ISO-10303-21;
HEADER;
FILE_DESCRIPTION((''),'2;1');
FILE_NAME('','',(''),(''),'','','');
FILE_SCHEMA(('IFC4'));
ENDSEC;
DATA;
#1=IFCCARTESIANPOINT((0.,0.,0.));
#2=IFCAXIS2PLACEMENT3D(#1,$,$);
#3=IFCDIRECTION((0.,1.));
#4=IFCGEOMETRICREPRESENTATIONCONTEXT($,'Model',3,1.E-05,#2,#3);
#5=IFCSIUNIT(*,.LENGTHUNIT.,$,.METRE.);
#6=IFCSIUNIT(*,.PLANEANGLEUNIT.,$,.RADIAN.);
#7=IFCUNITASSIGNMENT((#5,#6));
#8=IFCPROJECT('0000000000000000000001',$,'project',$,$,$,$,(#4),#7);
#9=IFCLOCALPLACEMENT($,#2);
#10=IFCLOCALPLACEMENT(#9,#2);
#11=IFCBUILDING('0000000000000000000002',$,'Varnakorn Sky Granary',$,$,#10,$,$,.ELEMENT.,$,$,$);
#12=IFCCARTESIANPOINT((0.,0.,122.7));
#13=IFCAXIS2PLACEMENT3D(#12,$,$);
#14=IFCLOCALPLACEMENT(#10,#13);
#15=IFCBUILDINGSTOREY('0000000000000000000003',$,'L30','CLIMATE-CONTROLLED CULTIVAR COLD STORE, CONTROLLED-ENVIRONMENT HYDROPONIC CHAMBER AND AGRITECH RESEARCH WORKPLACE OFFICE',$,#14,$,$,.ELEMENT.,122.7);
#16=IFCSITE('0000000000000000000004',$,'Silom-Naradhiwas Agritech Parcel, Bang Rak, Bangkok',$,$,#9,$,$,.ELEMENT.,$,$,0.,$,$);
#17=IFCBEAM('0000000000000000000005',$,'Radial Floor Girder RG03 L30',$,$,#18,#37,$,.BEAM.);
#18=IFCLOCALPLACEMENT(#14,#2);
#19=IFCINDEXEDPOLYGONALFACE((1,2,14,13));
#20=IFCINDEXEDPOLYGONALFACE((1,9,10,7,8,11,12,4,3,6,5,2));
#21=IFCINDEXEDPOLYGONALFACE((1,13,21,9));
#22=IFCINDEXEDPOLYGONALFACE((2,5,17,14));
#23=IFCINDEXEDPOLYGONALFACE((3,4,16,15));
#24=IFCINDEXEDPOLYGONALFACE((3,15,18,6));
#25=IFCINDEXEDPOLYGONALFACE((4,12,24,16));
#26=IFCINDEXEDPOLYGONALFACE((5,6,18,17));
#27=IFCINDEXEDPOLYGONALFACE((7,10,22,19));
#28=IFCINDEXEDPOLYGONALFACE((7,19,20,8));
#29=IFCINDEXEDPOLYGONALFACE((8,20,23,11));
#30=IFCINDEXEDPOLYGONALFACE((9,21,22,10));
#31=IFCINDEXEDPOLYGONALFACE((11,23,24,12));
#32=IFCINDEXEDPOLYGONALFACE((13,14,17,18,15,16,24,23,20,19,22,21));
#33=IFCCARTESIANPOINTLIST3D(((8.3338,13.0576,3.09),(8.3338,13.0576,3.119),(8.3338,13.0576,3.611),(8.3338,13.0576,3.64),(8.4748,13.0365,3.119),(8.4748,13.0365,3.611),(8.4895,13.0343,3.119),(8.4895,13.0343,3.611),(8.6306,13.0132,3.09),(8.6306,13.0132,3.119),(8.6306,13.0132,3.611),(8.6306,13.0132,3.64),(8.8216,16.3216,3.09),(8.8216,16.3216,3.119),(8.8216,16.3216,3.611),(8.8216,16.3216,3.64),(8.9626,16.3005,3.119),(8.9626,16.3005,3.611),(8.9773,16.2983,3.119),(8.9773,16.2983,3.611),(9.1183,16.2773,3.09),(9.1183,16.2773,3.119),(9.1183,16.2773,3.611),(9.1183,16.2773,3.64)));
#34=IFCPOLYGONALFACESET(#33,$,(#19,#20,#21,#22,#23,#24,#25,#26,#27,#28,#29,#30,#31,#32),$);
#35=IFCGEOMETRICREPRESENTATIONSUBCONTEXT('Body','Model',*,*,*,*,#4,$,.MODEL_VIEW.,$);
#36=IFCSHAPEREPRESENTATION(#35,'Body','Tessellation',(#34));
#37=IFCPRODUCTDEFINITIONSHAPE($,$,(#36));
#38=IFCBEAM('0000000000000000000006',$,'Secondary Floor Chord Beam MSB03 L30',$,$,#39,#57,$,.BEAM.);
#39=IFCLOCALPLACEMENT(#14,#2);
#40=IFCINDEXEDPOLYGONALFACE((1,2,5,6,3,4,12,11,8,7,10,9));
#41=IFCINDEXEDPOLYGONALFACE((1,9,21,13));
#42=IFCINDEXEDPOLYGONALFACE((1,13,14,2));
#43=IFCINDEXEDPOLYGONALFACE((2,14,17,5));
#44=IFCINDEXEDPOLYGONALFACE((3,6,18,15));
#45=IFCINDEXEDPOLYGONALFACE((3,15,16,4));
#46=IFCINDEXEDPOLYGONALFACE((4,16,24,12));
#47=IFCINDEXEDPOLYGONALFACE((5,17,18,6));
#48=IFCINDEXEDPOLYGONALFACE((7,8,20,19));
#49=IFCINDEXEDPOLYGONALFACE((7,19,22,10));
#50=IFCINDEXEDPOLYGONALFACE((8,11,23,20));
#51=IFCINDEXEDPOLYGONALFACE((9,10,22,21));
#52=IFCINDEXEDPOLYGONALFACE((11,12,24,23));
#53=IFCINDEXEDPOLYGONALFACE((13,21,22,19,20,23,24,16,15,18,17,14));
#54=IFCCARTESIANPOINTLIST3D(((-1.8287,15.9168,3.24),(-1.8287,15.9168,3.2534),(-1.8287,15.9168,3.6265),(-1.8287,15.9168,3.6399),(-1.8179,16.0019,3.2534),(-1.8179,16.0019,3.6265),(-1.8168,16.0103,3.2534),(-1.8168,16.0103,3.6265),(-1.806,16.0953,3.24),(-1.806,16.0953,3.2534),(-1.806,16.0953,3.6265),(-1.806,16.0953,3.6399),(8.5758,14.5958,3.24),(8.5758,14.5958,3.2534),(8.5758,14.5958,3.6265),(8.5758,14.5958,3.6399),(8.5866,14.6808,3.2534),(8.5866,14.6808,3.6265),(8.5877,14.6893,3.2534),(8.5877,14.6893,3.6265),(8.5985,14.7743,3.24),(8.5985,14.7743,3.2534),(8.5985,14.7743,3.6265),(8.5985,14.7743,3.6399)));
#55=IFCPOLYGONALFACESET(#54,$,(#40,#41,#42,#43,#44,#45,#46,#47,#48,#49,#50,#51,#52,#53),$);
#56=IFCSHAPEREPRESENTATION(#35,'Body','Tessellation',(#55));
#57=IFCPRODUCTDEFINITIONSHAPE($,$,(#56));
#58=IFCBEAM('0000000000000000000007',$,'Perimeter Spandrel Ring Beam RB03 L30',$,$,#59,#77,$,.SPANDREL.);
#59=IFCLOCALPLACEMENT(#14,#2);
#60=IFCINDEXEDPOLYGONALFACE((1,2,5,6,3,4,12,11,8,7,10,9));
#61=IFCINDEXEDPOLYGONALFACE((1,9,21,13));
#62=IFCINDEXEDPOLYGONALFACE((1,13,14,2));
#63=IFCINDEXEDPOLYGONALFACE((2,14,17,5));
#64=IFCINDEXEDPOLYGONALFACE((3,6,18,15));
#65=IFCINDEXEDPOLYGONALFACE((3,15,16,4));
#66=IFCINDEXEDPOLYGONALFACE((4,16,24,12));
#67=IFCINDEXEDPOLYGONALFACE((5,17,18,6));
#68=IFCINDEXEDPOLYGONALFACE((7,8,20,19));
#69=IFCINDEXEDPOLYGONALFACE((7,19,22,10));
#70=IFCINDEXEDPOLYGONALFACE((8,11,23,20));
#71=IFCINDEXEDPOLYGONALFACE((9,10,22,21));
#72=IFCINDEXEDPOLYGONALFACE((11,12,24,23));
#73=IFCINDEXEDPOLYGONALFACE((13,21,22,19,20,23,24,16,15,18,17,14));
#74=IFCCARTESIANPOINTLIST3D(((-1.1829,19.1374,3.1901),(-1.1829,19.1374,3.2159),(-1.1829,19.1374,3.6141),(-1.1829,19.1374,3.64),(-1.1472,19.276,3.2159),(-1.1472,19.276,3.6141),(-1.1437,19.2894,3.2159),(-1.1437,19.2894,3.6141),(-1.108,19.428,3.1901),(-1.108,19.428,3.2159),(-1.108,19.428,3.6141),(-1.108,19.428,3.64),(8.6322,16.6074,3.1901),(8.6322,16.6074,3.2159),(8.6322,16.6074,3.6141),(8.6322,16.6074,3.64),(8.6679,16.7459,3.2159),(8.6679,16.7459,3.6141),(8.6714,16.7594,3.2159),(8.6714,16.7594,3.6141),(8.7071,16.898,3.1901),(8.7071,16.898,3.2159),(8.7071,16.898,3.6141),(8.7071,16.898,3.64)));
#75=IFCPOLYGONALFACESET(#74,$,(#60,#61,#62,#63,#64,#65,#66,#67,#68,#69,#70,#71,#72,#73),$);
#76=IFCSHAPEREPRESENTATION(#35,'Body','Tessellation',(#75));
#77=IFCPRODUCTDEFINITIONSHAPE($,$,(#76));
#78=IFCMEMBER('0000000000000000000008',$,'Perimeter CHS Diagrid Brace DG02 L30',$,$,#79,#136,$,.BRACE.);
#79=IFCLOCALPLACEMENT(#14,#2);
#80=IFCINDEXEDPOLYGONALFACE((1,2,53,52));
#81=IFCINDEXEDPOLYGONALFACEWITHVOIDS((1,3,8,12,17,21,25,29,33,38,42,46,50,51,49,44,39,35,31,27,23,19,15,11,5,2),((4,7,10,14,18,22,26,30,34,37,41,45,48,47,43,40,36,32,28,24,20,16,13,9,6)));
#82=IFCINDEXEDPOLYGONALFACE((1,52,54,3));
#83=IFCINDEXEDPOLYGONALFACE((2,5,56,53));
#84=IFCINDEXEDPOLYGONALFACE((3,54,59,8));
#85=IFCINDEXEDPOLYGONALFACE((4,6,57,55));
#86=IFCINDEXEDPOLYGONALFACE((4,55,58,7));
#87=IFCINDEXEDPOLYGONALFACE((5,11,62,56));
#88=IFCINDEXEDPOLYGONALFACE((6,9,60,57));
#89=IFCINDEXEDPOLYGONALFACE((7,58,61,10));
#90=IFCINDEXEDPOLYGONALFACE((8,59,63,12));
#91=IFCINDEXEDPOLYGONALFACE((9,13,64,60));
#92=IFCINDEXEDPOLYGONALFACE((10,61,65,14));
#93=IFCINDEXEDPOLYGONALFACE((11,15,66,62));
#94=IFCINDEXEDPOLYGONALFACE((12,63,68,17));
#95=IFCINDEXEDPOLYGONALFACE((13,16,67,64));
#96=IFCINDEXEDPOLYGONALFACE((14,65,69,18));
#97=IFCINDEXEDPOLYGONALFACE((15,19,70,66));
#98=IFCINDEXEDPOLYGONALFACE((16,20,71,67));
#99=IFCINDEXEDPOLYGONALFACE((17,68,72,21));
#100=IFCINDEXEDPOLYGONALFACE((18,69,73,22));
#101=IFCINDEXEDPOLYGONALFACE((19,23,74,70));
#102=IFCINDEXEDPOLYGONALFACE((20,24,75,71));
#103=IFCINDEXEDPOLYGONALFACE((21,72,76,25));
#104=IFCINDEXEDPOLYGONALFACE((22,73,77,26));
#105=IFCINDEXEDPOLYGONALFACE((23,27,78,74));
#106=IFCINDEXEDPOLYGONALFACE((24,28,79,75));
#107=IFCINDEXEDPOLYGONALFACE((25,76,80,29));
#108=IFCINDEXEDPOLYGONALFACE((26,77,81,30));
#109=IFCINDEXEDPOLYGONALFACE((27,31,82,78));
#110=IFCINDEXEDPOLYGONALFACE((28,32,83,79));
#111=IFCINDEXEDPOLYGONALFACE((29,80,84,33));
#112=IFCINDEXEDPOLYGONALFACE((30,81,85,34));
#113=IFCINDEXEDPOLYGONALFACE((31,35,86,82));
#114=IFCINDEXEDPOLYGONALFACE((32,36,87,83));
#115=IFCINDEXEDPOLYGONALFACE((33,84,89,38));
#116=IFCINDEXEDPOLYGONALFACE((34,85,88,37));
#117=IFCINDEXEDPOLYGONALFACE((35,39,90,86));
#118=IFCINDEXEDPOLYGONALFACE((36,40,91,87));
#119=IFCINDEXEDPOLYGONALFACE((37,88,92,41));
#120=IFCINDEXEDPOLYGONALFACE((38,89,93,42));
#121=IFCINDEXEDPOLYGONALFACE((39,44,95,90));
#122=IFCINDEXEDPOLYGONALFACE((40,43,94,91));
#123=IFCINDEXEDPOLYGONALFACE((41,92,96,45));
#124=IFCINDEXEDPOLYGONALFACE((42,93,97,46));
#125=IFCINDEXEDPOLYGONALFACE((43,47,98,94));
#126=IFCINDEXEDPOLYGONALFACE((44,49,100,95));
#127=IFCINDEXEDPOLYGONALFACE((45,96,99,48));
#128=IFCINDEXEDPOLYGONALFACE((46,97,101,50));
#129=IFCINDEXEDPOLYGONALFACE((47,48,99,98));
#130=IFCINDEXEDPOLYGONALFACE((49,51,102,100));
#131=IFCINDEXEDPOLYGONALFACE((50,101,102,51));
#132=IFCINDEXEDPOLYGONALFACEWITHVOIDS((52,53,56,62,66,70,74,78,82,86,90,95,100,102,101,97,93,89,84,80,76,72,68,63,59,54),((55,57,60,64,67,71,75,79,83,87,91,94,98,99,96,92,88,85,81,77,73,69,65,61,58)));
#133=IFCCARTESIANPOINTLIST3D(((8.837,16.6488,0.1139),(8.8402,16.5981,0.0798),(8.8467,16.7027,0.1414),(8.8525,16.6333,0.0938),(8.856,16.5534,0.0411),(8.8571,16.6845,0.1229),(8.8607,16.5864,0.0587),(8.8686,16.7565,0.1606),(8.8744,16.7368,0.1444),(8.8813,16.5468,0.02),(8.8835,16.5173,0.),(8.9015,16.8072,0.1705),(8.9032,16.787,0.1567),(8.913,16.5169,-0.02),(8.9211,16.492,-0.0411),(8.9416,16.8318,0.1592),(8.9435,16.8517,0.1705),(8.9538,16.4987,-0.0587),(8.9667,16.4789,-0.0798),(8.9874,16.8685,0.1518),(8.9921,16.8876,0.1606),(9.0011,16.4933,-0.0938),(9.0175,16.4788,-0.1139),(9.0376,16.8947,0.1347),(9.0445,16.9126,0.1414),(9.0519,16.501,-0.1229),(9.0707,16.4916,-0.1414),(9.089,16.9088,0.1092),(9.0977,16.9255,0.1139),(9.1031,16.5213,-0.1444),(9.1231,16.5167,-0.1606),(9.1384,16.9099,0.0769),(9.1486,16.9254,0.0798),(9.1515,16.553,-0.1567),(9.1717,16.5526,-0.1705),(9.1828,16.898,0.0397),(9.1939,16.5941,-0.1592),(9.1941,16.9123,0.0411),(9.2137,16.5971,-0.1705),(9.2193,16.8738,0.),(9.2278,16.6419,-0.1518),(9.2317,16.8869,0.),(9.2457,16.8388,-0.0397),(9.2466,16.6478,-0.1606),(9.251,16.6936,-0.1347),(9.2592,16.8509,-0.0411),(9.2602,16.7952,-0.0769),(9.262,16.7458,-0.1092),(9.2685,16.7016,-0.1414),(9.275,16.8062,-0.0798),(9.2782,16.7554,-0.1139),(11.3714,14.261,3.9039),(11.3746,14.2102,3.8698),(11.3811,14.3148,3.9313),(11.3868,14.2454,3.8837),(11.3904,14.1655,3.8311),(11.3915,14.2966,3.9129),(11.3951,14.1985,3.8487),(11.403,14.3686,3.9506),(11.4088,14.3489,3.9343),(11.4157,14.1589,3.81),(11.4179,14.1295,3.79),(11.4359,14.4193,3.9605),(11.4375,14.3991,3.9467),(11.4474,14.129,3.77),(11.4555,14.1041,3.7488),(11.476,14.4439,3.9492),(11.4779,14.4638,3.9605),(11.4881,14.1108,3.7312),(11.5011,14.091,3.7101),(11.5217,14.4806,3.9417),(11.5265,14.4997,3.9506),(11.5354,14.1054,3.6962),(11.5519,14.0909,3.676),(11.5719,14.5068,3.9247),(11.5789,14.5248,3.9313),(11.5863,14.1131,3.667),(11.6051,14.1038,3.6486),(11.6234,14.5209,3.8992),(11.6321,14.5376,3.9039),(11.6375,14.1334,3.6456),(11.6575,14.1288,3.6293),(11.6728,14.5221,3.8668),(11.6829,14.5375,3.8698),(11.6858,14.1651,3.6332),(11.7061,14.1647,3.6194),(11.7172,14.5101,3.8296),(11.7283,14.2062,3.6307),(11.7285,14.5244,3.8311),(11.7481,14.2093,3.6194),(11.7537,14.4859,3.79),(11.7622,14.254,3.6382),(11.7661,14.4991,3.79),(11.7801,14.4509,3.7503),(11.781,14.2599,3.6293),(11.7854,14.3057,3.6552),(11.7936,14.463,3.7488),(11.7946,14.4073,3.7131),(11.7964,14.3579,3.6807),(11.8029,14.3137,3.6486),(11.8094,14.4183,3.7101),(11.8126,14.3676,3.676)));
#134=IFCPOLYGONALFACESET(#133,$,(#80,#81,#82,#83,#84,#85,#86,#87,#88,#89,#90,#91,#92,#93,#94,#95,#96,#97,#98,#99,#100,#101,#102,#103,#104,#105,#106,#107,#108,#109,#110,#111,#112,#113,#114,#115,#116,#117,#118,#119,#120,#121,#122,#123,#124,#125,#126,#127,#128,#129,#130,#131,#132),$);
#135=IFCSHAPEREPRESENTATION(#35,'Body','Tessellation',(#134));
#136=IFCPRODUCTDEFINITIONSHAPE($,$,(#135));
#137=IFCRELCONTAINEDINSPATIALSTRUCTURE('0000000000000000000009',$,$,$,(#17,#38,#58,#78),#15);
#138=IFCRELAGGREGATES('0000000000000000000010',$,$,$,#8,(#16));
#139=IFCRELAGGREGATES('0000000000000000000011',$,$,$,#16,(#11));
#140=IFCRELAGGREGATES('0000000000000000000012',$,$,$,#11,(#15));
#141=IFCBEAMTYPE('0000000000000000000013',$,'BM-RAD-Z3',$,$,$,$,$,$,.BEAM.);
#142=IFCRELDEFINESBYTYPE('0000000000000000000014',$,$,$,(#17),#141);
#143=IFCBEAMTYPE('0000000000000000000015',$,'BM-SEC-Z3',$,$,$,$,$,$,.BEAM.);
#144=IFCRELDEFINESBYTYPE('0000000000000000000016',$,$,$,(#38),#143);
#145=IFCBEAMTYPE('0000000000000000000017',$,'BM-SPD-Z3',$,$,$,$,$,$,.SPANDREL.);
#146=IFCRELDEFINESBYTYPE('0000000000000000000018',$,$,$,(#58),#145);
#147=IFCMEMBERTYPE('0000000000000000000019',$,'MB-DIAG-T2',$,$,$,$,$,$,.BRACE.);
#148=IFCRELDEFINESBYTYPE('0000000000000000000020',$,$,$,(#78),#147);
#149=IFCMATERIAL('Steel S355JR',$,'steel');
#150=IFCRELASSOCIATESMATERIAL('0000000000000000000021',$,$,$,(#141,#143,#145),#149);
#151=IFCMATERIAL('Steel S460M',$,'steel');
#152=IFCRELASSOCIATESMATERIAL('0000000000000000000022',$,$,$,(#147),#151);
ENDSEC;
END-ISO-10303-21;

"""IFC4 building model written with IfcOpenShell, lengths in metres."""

from ifc_helpers import new_model, si_unit, direction, frame, origin, origin_2d, place, context, subcontext, project, spatial, hollow_circle, i_section, extrude, material, material_profile, profile_set, type_object, element, save


model = new_model("IFC4")

# Units and contexts
model_context = context("Model", 3, precision=1e-05, world=origin(), true_north=direction((0.0, 1.0)))
body_context = subcontext(model_context, "Body", "Model", "MODEL_VIEW")
ifc_project = project(units=[si_unit("LENGTHUNIT", "METRE"), si_unit("PLANEANGLEUNIT", "RADIAN")], contexts=[model_context])

# Site, building, storey
site_placement = place(None, origin())
site = spatial("IfcSite", under=ifc_project, at=site_placement, Name="Silom-Naradhiwas Agritech Parcel, Bang Rak, Bangkok", CompositionType="ELEMENT", RefElevation=0.0)
building_placement = place(site_placement, origin())
building = spatial("IfcBuilding", under=site, at=building_placement, Name="Varnakorn Sky Granary", CompositionType="ELEMENT")
storey_placement = place(building_placement, frame((0.0, 0.0, 122.7)))
storey = spatial("IfcBuildingStorey", under=building, at=storey_placement, Name="L30", Description="CLIMATE-CONTROLLED CULTIVAR COLD STORE, CONTROLLED-ENVIRONMENT HYDROPONIC CHAMBER AND AGRITECH RESEARCH WORKPLACE OFFICE", CompositionType="ELEMENT", Elevation=122.7)

# Shared definitions
ifc_material_1 = material(Name="Steel S460M", Category="steel")

# Beams
ifc_material_2 = material(Name="Steel S355JR", Category="steel")
ifc_material_profile_1 = material_profile(ifc_material_2, i_section(OverallWidth=0.3, OverallDepth=0.55, WebThickness=0.0149, FlangeThickness=0.0291, at=origin_2d()), Name="HE 550 B")
ifc_profile_set_1 = profile_set([ifc_material_profile_1], Name="Steel S355JR")
beam_type_1 = type_object("IfcBeamType", Name="BM-RAD-Z3", PredefinedType="BEAM", material=ifc_profile_set_1)
beam_1_placement = place(storey_placement, frame((8.4822, 13.0354, 3.365), z_axis=(0.147798, 0.989018, 0.0), x_axis=(-0.989018, 0.147798, 0.0)))
element("IfcBeam", 1, at=beam_1_placement, inside=storey, type_object=beam_type_1, Name="Radial Floor Girder RG03 L30", PredefinedType="BEAM", context=body_context, shape_type="SweptSolid", body=[
    extrude(i_section(OverallWidth=0.3, OverallDepth=0.55, WebThickness=0.0149, FlangeThickness=0.0291, at=origin_2d()), origin(), (0.0, 0.0, 1.0), 3.3003),
])
ifc_material_profile_2 = material_profile(ifc_material_2, i_section(OverallWidth=0.1799, OverallDepth=0.3999, WebThickness=0.0085, FlangeThickness=0.0134, at=origin_2d()), Name="IPE 400")
ifc_profile_set_2 = profile_set([ifc_material_profile_2], Name="Steel S355JR")
beam_type_2 = type_object("IfcBeamType", Name="BM-SEC-Z3", PredefinedType="BEAM", material=ifc_profile_set_2)
beam_2_placement = place(storey_placement, frame((8.5872, 14.6851, 3.4399), z_axis=(-0.992036, 0.125957, 0.0), x_axis=(-0.125957, -0.992036, 0.0)))
element("IfcBeam", 2, at=beam_2_placement, inside=storey, type_object=beam_type_2, Name="Secondary Floor Chord Beam MSB03 L30", PredefinedType="BEAM", context=body_context, shape_type="SweptSolid", body=[
    extrude(i_section(OverallWidth=0.1799, OverallDepth=0.3999, WebThickness=0.0085, FlangeThickness=0.0134, at=origin_2d()), origin(), (0.0, 0.0, 1.0), 10.488),
])
ifc_material_profile_3 = material_profile(ifc_material_2, i_section(OverallWidth=0.3, OverallDepth=0.45, WebThickness=0.0139, FlangeThickness=0.0259, at=origin_2d()), Name="HE 450 B")
ifc_profile_set_3 = profile_set([ifc_material_profile_3], Name="Steel S355JR")
beam_type_3 = type_object("IfcBeamType", Name="BM-SPD-Z3", PredefinedType="SPANDREL", material=ifc_profile_set_3)
beam_3_placement = place(storey_placement, frame((8.6697, 16.7527, 3.415), z_axis=(-0.968347, 0.249608, 0.0), x_axis=(-0.249608, -0.968347, 0.0)))
element("IfcBeam", 3, at=beam_3_placement, inside=storey, type_object=beam_type_3, Name="Perimeter Spandrel Ring Beam RB03 L30", PredefinedType="SPANDREL", context=body_context, shape_type="SweptSolid", body=[
    extrude(i_section(OverallWidth=0.3, OverallDepth=0.45, WebThickness=0.0139, FlangeThickness=0.0259, at=origin_2d()), origin(), (0.0, 0.0, 1.0), 10.136),
])

# Member
ifc_material_profile_4 = material_profile(ifc_material_1, hollow_circle(Radius=0.2539, WallThickness=0.0181, at=origin_2d()), Name="CHS 508x18")
ifc_profile_set_4 = profile_set([ifc_material_profile_4], Name="Steel S460M")
member_type = type_object("IfcMemberType", Name="MB-DIAG-T2", PredefinedType="BRACE", material=ifc_profile_set_4)
member_1_placement = place(storey_placement, frame((9.0576, 16.7021, 0.0), z_axis=(0.492423, -0.463962, 0.736382), x_axis=(0.68576, 0.727827, 0.0)))
element("IfcMember", 4, at=member_1_placement, inside=storey, type_object=member_type, Name="Perimeter CHS Diagrid Brace DG02 L30", PredefinedType="BRACE", context=body_context, shape_type="SweptSolid", body=[
    extrude(hollow_circle(Radius=0.2539, WallThickness=0.0181, at=origin_2d()), origin(), (0.0, 0.0, 1.0), 5.1467),
])

save(model, "model.ifc")
